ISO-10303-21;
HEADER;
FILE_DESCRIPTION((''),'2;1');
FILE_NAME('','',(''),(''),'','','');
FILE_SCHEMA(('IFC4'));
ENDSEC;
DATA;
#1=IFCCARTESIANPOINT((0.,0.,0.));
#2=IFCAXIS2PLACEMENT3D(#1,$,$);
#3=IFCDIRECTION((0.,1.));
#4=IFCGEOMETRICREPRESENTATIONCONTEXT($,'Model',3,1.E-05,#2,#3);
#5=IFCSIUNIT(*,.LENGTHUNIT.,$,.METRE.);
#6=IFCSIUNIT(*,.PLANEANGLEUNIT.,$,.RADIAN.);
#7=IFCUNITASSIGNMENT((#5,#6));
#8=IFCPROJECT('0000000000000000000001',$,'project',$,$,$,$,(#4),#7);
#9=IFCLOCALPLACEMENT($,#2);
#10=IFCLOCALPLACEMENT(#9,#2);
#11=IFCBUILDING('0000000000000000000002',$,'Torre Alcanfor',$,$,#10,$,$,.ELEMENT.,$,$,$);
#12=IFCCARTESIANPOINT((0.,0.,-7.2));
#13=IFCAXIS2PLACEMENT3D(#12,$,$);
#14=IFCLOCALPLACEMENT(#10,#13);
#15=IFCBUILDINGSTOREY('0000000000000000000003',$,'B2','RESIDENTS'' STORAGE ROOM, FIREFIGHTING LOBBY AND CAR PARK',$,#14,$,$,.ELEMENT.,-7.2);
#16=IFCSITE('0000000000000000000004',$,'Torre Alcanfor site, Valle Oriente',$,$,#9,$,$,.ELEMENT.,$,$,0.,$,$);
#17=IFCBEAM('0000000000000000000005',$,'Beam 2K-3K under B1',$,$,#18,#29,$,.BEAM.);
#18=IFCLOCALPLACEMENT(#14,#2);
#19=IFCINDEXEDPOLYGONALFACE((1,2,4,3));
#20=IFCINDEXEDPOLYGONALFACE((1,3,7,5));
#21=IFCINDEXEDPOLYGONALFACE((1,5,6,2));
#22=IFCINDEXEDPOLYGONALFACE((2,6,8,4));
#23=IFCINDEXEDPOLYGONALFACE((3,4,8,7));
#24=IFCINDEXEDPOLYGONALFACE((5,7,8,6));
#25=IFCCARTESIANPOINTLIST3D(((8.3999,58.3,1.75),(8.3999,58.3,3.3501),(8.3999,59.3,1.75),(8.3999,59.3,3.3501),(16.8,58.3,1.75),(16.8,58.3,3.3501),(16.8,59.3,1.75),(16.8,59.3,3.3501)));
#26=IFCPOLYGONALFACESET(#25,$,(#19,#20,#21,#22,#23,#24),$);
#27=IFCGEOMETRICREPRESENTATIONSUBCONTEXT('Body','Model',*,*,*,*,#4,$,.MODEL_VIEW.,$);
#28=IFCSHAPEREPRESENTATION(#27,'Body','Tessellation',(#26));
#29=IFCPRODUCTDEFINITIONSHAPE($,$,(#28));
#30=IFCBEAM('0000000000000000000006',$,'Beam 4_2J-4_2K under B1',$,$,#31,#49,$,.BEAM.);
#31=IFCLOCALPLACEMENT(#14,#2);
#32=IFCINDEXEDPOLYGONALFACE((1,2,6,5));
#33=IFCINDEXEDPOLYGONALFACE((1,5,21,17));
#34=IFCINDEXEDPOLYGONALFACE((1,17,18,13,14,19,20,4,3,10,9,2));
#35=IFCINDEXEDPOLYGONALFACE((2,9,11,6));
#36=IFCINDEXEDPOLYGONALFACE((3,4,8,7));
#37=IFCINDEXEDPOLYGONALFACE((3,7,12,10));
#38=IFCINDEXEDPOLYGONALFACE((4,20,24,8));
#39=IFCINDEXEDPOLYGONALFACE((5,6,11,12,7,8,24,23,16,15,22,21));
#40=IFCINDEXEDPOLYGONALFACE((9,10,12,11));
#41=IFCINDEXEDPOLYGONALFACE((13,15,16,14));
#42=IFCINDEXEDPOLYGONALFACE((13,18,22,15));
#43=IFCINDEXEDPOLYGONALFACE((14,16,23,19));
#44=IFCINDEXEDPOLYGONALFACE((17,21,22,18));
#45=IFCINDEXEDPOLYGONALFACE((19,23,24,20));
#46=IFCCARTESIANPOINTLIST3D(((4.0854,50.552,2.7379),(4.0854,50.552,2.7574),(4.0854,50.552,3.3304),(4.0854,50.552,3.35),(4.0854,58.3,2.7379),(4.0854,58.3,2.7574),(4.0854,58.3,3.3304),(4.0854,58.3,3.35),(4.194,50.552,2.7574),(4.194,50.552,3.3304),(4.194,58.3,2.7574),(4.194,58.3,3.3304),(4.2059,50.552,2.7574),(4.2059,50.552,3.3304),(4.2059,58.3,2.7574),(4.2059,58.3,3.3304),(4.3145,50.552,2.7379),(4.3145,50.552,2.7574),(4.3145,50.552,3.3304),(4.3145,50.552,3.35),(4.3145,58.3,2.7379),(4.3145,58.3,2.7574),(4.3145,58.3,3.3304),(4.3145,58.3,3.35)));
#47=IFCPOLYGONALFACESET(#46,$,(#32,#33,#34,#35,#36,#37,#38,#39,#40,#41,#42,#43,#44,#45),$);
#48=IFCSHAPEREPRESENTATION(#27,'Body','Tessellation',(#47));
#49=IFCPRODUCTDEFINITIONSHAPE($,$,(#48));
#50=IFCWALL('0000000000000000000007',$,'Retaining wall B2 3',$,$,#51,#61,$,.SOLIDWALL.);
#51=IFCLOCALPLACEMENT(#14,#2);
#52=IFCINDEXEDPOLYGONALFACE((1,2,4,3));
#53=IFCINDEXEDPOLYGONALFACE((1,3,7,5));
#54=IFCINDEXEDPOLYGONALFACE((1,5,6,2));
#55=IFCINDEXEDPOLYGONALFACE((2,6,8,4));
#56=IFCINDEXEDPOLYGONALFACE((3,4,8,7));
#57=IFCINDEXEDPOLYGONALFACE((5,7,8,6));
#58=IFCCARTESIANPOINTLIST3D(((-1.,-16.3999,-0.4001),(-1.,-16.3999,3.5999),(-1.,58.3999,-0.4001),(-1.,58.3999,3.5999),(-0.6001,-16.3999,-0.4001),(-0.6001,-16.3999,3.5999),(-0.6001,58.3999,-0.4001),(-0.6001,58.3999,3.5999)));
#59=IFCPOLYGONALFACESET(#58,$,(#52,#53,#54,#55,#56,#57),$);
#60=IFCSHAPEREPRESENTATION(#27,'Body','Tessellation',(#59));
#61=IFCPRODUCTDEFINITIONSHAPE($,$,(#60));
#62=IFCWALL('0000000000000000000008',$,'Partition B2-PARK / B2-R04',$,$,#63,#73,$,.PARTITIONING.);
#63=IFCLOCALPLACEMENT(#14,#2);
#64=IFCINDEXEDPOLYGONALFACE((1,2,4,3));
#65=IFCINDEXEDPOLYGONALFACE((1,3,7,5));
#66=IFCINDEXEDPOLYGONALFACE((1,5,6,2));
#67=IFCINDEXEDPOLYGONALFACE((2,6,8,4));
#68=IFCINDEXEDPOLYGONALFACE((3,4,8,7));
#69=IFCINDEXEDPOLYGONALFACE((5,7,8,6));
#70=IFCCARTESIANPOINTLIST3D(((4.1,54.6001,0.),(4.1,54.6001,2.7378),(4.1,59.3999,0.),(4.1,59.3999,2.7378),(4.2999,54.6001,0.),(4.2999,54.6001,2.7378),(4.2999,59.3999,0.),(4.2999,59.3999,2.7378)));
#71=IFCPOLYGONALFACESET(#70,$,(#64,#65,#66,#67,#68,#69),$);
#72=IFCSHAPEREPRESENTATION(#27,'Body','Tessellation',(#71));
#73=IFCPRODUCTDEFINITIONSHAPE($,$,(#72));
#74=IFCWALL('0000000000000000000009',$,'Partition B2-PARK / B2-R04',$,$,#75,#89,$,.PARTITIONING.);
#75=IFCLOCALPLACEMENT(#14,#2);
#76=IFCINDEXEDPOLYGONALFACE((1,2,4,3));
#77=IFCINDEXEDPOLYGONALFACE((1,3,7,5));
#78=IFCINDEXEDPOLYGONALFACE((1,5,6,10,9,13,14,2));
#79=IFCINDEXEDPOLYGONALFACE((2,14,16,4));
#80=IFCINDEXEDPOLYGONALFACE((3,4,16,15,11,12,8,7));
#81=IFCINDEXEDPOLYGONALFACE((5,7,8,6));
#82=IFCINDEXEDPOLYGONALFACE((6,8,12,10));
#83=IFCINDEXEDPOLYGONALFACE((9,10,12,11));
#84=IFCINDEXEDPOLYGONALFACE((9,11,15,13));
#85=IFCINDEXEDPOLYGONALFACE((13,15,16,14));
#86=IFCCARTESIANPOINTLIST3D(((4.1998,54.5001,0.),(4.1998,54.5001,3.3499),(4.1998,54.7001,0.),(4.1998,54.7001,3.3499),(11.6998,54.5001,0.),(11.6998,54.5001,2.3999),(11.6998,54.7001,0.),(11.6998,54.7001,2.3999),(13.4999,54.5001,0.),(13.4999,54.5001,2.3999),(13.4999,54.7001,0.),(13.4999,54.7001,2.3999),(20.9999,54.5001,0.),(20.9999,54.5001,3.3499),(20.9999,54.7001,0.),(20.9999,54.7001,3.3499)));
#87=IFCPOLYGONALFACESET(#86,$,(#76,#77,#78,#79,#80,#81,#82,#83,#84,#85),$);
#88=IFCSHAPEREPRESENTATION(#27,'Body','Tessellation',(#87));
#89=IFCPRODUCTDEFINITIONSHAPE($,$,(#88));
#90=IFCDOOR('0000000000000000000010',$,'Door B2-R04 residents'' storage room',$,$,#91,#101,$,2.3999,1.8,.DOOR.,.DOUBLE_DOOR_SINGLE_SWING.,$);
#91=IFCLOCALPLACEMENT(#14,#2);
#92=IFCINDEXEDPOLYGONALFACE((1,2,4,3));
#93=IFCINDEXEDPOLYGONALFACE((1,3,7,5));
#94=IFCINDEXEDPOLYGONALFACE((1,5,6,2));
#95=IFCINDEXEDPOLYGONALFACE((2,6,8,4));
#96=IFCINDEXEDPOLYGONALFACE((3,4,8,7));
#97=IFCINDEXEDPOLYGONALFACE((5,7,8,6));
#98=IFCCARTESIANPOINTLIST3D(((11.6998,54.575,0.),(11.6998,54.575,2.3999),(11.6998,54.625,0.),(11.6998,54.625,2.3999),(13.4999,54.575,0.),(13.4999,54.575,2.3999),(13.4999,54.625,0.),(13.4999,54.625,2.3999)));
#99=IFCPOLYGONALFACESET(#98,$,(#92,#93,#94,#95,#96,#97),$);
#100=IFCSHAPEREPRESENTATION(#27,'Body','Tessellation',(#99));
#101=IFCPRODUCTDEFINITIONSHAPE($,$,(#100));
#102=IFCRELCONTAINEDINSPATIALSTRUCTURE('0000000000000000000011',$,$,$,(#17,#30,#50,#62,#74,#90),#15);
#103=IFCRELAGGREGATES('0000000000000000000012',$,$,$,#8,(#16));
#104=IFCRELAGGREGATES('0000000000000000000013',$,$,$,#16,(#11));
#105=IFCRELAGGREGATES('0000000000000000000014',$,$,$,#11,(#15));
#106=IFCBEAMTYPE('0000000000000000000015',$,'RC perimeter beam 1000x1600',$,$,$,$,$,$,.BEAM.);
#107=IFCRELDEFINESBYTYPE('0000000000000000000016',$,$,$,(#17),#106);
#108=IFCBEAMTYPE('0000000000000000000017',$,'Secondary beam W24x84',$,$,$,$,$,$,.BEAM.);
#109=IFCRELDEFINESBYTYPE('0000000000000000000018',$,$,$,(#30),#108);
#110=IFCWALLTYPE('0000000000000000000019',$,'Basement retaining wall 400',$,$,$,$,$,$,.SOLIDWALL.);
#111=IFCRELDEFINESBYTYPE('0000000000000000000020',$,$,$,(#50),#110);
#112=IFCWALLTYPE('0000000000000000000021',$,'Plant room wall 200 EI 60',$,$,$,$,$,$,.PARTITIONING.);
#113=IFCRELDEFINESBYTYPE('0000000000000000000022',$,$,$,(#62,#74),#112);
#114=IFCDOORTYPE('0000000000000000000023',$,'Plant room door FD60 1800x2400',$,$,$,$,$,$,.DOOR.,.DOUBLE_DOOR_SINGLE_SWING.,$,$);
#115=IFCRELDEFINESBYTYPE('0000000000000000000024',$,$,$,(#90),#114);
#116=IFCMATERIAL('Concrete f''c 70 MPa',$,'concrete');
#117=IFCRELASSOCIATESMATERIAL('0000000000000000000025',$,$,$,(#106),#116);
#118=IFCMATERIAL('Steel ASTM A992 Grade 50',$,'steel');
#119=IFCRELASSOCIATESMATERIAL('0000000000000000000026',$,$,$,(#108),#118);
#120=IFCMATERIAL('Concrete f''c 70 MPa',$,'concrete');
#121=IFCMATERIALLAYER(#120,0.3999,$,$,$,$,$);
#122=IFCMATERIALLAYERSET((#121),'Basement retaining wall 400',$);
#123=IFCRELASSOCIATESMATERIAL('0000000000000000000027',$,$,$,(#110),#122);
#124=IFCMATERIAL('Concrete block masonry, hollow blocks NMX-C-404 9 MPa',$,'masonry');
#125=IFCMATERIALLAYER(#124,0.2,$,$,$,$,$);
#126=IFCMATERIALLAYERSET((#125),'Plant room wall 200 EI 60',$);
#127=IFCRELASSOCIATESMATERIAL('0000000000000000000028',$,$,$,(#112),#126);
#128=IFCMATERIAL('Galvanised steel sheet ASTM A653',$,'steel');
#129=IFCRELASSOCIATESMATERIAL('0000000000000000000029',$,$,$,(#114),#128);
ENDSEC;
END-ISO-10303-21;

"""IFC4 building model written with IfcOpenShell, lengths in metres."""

from ifc_helpers import new_model, si_unit, direction, frame, frame_2d, origin, origin_2d, place, context, subcontext, project, spatial, rectangle, i_section, extrude, material, layer, layer_set, material_profile, profile_set, type_object, element, fill, save


model = new_model("IFC4")

# Units and contexts
model_context = context("Model", 3, precision=1e-05, world=origin(), true_north=direction((0.0, 1.0)))
body_context = subcontext(model_context, "Body", "Model", "MODEL_VIEW")
ifc_project = project(units=[si_unit("LENGTHUNIT", "METRE"), si_unit("PLANEANGLEUNIT", "RADIAN")], contexts=[model_context])

# Site, building, storey
site_placement = place(None, origin())
site = spatial("IfcSite", under=ifc_project, at=site_placement, Name="Torre Alcanfor site, Valle Oriente", CompositionType="ELEMENT", RefElevation=0.0)
building_placement = place(site_placement, origin())
building = spatial("IfcBuilding", under=site, at=building_placement, Name="Torre Alcanfor", CompositionType="ELEMENT")
storey_placement = place(building_placement, frame((0.0, 0.0, -7.2)))
storey = spatial("IfcBuildingStorey", under=building, at=storey_placement, Name="B2", Description="RESIDENTS' STORAGE ROOM, FIREFIGHTING LOBBY AND CAR PARK", CompositionType="ELEMENT", Elevation=-7.2)

# Beams
ifc_material_1 = material(Name="Concrete f'c 70 MPa", Category="concrete")
ifc_material_profile_1 = material_profile(ifc_material_1, rectangle(XDim=1.0, YDim=1.6001, at=origin_2d()), Name="1000x1600")
ifc_profile_set_1 = profile_set([ifc_material_profile_1], Name="Concrete f'c 70 MPa")
beam_type_1 = type_object("IfcBeamType", Name="RC perimeter beam 1000x1600", PredefinedType="BEAM", material=ifc_profile_set_1)
beam_1_placement = place(storey_placement, frame((8.3999, 58.8, 2.55), z_axis=(1.0, 0.0, 0.0), x_axis=(0.0, 1.0, 0.0)))
element("IfcBeam", 1, at=beam_1_placement, inside=storey, type_object=beam_type_1, Name="Beam 2K-3K under B1", PredefinedType="BEAM", context=body_context, shape_type="SweptSolid", body=[
    extrude(rectangle(XDim=1.0, YDim=1.6001, at=origin_2d()), origin(), (0.0, 0.0, 1.0), 8.4001),
])
ifc_material_2 = material(Name="Steel ASTM A992 Grade 50", Category="steel")
ifc_material_profile_2 = material_profile(ifc_material_2, i_section(OverallWidth=0.229, OverallDepth=0.6121, WebThickness=0.012, FlangeThickness=0.0195, at=origin_2d()), Name="W24x84")
ifc_profile_set_2 = profile_set([ifc_material_profile_2], Name="Steel ASTM A992 Grade 50")
beam_type_2 = type_object("IfcBeamType", Name="Secondary beam W24x84", PredefinedType="BEAM", material=ifc_profile_set_2)
beam_2_placement = place(storey_placement, frame((4.2, 50.552, 3.0439), z_axis=(0.0, 1.0, 0.0), x_axis=(-1.0, 0.0, 0.0)))
element("IfcBeam", 2, at=beam_2_placement, inside=storey, type_object=beam_type_2, Name="Beam 4_2J-4_2K under B1", PredefinedType="BEAM", context=body_context, shape_type="SweptSolid", body=[
    extrude(i_section(OverallWidth=0.229, OverallDepth=0.6121, WebThickness=0.012, FlangeThickness=0.0195, at=origin_2d()), origin(), (0.0, 0.0, 1.0), 7.748),
])

# Walls
ifc_material_3 = material(Name="Concrete f'c 70 MPa", Category="concrete")
ifc_layer_1 = layer(ifc_material_3, 0.3999)
ifc_layer_set_1 = layer_set([ifc_layer_1], Name="Basement retaining wall 400")
wall_type_1 = type_object("IfcWallType", Name="Basement retaining wall 400", PredefinedType="SOLIDWALL", material=ifc_layer_set_1)
wall_1_placement = place(storey_placement, frame((-0.8, 58.3999, -0.4001), z_axis=(0.0, 0.0, 1.0), x_axis=(0.0, -1.0, 0.0)))
element("IfcWall", 3, at=wall_1_placement, inside=storey, type_object=wall_type_1, Name="Retaining wall B2 3", PredefinedType="SOLIDWALL", context=body_context, shape_type="SweptSolid", body=[
    extrude(rectangle(XDim=74.7998, YDim=0.3999, at=frame_2d((37.3999, 0.0))), origin(), (0.0, 0.0, 1.0), 4.0),
])
ifc_material_4 = material(Name="Concrete block masonry, hollow blocks NMX-C-404 9 MPa", Category="masonry")
ifc_layer_2 = layer(ifc_material_4, 0.2)
ifc_layer_set_2 = layer_set([ifc_layer_2], Name="Plant room wall 200 EI 60")
wall_type_2 = type_object("IfcWallType", Name="Plant room wall 200 EI 60", PredefinedType="PARTITIONING", material=ifc_layer_set_2)
wall_2_placement = place(storey_placement, frame((4.2, 59.3999, 0.0), z_axis=(0.0, 0.0, 1.0), x_axis=(0.0, -1.0, 0.0)))
element("IfcWall", 4, at=wall_2_placement, inside=storey, type_object=wall_type_2, Name="Partition B2-PARK / B2-R04", PredefinedType="PARTITIONING", context=body_context, shape_type="SweptSolid", body=[
    extrude(rectangle(XDim=4.7998, YDim=0.2, at=frame_2d((2.3999, 0.0))), origin(), (0.0, 0.0, 1.0), 2.7378),
])

# Wall, opening, door
wall_3_placement = place(storey_placement, frame((4.2, 54.6001, 0.0), z_axis=(0.0, 0.0, 1.0), x_axis=(1.0, 0.0, 0.0)))
wall_3 = element("IfcWall", 5, at=wall_3_placement, inside=storey, type_object=wall_type_2, Name="Partition B2-PARK / B2-R04", PredefinedType="PARTITIONING", context=body_context, shape_type="SweptSolid", body=[
    extrude(rectangle(XDim=16.8, YDim=0.2, at=frame_2d((8.3999, 0.0))), origin(), (0.0, 0.0, 1.0), 3.3499),
])
opening_placement = place(wall_3_placement, frame((7.5, 0.0, 0.0)))
opening = element("IfcOpeningElement", 6, at=opening_placement, cuts=wall_3, PredefinedType="OPENING", context=body_context, shape_type="SweptSolid", body=[
    extrude(rectangle(XDim=1.8, YDim=2.3999, at=frame_2d((0.8999, 1.2))), frame((0.0, 0.1099, 0.0), z_axis=(0.0, -1.0, 0.0), x_axis=(1.0, 0.0, 0.0)), (0.0, 0.0, 1.0), 0.22),
])
ifc_material_5 = material(Name="Galvanised steel sheet ASTM A653", Category="steel")
door_type = type_object("IfcDoorType", Name="Plant room door FD60 1800x2400", OperationType="DOUBLE_DOOR_SINGLE_SWING", PredefinedType="DOOR", material=ifc_material_5)
door_placement = place(opening_placement, origin())
door = element("IfcDoor", 7, at=door_placement, inside=storey, type_object=door_type, Name="Door B2-R04 residents' storage room", OperationType="DOUBLE_DOOR_SINGLE_SWING", OverallHeight=2.3999, OverallWidth=1.8, PredefinedType="DOOR", context=body_context, shape_type="SweptSolid", body=[
    extrude(rectangle(XDim=1.8, YDim=2.3999, at=frame_2d((0.8999, 1.2))), frame((0.0, 0.0249, 0.0), z_axis=(0.0, -1.0, 0.0), x_axis=(1.0, 0.0, 0.0)), (0.0, 0.0, 1.0), 0.05),
])
fill(opening, door)

save(model, "model.ifc")
